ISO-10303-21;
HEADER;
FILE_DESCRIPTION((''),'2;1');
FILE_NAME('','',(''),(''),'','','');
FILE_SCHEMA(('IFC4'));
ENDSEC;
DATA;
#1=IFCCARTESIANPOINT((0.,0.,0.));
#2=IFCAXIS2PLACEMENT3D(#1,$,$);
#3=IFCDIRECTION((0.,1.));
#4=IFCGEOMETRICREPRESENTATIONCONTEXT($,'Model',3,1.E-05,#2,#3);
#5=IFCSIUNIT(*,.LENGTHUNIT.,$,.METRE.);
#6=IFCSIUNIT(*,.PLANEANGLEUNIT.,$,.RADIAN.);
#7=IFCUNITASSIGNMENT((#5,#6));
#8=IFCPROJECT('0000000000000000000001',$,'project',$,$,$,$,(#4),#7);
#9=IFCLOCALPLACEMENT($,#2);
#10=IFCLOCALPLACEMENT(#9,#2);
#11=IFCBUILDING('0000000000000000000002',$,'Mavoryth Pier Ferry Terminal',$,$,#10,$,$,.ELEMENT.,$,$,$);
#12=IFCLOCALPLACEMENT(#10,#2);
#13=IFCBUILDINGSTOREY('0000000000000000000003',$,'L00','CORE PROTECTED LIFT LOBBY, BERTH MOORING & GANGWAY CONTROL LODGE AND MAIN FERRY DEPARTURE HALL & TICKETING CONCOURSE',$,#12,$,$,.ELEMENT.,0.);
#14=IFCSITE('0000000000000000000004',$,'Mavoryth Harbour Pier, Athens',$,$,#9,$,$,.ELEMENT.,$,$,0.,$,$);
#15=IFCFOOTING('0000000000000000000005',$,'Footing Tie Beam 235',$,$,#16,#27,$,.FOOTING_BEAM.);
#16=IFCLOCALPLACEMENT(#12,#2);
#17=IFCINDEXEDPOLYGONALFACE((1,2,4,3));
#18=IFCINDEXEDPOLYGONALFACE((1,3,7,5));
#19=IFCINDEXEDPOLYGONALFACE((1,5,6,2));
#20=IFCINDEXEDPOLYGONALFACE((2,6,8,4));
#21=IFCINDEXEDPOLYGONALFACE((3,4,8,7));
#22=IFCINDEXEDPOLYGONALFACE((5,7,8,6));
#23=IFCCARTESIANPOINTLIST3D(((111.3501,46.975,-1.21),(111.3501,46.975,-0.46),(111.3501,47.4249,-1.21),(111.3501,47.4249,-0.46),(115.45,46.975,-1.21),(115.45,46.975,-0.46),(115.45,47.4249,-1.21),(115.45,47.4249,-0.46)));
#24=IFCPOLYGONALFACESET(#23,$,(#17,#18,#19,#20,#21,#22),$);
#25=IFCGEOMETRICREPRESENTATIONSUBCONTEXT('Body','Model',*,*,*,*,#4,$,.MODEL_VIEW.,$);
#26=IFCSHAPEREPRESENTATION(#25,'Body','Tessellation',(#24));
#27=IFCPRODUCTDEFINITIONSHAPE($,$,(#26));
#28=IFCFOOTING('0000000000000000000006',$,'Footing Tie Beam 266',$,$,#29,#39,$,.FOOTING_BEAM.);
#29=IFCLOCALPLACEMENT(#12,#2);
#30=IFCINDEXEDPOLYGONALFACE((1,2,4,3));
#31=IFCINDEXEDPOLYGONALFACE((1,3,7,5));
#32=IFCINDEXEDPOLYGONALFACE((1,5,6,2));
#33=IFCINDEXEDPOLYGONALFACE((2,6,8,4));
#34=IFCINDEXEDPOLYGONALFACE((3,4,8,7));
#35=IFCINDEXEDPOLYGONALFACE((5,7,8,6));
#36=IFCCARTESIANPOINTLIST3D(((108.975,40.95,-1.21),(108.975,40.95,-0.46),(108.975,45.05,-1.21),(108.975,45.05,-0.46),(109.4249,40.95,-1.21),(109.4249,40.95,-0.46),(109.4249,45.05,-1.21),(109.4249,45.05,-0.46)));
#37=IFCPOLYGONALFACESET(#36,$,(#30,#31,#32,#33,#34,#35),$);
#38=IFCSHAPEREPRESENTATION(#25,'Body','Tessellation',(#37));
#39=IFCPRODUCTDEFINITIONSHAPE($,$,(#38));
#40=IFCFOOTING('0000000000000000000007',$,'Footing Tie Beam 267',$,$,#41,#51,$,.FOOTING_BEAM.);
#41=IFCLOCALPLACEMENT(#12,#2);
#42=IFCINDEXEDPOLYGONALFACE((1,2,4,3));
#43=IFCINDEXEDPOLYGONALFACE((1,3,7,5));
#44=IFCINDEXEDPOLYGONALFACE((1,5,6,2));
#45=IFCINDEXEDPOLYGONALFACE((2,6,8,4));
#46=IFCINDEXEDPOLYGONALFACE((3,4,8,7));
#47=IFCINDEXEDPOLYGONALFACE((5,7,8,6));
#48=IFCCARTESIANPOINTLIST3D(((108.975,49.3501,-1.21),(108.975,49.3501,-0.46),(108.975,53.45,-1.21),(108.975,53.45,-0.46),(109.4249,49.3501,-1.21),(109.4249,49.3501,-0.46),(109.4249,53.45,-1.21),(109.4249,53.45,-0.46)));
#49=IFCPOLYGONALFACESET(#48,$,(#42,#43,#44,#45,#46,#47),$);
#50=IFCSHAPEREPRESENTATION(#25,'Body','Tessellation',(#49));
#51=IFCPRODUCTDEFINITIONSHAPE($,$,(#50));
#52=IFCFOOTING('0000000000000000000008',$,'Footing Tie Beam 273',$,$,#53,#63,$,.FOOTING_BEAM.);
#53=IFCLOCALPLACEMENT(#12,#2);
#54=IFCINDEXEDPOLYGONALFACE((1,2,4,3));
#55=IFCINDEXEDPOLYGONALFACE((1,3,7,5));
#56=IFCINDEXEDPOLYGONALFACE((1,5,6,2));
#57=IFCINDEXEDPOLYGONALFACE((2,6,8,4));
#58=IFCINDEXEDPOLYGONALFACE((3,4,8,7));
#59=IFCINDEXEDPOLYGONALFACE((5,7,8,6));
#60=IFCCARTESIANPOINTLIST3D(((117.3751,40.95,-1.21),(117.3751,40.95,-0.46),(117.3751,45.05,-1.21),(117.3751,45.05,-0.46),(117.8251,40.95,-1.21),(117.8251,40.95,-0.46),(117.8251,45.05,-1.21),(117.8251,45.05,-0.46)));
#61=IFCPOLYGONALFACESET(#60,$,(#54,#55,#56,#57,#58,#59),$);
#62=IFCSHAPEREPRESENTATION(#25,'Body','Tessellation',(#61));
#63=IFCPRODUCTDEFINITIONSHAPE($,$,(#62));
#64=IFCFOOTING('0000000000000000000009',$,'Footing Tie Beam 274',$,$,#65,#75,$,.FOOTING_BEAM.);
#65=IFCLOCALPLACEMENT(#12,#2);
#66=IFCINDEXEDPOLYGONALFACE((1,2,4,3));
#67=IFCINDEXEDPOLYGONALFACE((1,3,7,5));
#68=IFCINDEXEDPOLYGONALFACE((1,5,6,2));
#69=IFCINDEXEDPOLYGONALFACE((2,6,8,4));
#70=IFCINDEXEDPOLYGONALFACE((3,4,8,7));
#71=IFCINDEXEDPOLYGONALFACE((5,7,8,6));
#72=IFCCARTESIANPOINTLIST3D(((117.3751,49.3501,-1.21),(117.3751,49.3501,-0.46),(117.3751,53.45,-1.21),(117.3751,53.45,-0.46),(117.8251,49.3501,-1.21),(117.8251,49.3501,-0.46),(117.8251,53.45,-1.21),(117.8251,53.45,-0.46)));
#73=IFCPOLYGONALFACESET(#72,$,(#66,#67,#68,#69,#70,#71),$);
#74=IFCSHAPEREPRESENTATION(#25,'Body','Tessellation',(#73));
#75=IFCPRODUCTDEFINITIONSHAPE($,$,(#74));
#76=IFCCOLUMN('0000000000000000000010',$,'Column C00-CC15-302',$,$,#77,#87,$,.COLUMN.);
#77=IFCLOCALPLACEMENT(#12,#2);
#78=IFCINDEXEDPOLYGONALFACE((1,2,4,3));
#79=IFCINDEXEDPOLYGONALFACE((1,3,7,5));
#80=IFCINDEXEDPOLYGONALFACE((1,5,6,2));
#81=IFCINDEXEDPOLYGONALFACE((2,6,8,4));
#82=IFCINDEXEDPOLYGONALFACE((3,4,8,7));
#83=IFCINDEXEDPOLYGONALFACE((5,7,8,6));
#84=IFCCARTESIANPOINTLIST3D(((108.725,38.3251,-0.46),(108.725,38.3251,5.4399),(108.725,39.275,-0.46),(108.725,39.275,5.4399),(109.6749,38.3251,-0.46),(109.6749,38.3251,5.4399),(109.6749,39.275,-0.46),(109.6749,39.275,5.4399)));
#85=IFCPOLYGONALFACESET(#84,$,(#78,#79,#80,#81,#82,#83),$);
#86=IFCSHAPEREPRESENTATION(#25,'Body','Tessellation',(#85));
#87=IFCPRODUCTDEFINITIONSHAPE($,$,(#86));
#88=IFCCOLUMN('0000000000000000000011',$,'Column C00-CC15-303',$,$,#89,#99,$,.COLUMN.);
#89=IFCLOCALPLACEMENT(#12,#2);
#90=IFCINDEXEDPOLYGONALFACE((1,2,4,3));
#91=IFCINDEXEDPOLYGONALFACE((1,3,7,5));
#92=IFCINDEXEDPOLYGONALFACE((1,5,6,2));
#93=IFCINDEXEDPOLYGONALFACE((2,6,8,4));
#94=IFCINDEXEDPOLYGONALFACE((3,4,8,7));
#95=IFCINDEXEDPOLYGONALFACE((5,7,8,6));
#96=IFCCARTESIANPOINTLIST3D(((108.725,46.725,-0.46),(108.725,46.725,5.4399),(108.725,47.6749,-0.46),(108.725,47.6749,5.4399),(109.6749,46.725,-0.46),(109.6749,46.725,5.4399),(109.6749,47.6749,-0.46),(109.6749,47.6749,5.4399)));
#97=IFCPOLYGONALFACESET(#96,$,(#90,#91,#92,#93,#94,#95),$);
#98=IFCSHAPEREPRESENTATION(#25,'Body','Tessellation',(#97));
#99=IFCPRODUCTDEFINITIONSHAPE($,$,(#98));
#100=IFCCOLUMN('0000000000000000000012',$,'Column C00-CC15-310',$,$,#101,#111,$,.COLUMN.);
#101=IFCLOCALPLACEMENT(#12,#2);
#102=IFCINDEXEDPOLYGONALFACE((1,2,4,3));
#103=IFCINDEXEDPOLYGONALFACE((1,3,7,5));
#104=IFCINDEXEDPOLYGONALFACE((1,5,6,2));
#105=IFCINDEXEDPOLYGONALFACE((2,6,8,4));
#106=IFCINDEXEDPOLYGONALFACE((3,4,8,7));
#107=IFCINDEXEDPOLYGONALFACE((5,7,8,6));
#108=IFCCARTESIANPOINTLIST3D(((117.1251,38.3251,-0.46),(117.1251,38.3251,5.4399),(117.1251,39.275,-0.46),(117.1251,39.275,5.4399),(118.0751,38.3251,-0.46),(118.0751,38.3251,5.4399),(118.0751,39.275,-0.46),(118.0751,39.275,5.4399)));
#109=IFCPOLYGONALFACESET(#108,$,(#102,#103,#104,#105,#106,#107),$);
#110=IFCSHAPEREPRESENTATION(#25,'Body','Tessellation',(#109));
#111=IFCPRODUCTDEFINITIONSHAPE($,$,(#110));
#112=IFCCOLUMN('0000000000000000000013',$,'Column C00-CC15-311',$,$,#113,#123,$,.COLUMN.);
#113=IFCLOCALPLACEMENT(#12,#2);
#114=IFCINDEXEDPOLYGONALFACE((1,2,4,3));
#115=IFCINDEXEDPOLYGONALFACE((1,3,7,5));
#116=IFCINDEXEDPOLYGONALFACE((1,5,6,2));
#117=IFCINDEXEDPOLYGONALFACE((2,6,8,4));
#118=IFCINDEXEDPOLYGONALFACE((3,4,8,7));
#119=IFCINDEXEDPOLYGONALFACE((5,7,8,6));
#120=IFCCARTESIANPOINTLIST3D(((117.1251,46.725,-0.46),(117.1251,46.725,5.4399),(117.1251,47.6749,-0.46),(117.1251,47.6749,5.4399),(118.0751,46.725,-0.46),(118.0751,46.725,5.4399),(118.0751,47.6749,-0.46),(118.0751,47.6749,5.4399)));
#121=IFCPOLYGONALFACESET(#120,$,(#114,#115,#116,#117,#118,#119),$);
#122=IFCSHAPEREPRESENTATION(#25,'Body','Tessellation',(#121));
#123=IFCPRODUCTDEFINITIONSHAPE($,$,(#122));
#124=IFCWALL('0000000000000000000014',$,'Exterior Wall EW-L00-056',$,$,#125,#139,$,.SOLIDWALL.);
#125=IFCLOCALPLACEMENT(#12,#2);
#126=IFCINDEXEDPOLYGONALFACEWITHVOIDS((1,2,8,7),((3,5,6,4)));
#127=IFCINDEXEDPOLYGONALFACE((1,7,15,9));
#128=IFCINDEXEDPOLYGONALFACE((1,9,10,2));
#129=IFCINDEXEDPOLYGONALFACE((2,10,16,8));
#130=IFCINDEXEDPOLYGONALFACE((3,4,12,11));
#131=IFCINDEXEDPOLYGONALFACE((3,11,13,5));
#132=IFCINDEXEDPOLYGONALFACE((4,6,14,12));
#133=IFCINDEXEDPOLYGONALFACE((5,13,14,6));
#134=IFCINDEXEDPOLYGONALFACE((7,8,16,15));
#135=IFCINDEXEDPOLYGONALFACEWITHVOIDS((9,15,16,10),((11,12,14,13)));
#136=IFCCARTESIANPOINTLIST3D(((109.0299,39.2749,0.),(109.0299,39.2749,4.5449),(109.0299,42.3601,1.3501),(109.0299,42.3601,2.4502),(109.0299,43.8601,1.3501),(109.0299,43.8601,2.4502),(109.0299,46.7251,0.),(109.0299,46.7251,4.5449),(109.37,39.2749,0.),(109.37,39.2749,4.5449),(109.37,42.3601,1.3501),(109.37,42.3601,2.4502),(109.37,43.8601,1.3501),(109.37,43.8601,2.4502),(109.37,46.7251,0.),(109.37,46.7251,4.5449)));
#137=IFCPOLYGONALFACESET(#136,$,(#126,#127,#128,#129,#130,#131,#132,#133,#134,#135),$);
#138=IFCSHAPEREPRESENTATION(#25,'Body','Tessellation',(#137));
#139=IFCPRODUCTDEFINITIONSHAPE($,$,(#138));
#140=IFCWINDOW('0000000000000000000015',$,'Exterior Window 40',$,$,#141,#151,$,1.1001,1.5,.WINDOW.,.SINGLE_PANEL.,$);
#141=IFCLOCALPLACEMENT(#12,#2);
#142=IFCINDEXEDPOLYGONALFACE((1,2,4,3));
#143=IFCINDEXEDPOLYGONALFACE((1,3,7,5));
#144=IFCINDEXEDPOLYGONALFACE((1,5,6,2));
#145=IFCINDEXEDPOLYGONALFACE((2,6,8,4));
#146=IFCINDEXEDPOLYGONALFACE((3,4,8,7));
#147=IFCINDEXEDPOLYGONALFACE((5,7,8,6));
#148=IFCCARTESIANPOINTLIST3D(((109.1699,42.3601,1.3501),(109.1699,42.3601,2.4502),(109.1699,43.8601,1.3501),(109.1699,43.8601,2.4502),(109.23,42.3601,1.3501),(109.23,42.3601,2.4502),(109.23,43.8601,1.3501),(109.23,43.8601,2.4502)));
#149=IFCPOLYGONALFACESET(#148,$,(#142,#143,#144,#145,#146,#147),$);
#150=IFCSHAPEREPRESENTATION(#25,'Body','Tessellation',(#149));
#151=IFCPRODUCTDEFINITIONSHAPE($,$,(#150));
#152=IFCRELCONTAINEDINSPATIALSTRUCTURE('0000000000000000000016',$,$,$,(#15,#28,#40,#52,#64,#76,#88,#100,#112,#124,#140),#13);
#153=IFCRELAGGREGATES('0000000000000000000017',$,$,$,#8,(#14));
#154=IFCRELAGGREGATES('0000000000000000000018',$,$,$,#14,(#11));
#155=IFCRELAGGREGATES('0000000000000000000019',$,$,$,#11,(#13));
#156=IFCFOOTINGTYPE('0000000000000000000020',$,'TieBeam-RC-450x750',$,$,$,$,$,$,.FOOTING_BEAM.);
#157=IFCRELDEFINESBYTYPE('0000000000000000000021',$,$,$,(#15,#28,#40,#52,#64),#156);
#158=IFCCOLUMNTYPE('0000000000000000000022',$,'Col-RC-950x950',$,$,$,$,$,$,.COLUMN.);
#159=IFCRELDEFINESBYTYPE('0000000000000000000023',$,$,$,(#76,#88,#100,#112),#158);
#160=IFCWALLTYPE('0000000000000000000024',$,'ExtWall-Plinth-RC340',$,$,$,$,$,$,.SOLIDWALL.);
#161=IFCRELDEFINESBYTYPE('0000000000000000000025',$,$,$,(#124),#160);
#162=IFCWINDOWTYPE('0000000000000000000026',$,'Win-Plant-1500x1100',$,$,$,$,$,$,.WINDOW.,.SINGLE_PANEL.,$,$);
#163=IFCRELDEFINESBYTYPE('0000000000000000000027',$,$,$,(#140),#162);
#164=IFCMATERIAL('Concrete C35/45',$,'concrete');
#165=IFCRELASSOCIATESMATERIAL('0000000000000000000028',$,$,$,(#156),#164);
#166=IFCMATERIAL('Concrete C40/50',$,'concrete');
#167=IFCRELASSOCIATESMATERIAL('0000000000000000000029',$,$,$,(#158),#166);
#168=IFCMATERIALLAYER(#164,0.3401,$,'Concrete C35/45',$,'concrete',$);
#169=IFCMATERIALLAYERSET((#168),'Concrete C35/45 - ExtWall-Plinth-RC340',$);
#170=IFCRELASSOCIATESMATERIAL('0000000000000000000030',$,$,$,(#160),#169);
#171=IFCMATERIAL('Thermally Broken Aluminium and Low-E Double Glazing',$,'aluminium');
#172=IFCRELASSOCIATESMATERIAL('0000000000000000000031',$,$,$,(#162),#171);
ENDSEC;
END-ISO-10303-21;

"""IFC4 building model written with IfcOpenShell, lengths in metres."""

from ifc_helpers import new_model, si_unit, direction, frame, frame_2d, origin, origin_2d, place, context, subcontext, project, spatial, rectangle, extrude, material, layer, layer_set, material_profile, profile_set, type_object, element, fill, save


model = new_model("IFC4")

# Units and contexts
model_context = context("Model", 3, precision=1e-05, world=origin(), true_north=direction((0.0, 1.0)))
body_context = subcontext(model_context, "Body", "Model", "MODEL_VIEW")
ifc_project = project(units=[si_unit("LENGTHUNIT", "METRE"), si_unit("PLANEANGLEUNIT", "RADIAN")], contexts=[model_context])

# Site, building, storey
site_placement = place(None, origin())
site = spatial("IfcSite", under=ifc_project, at=site_placement, Name="Mavoryth Harbour Pier, Athens", CompositionType="ELEMENT", RefElevation=0.0)
building_placement = place(site_placement, origin())
building = spatial("IfcBuilding", under=site, at=building_placement, Name="Mavoryth Pier Ferry Terminal", CompositionType="ELEMENT")
storey_placement = place(building_placement, origin())
storey = spatial("IfcBuildingStorey", under=building, at=storey_placement, Name="L00", Description="CORE PROTECTED LIFT LOBBY, BERTH MOORING & GANGWAY CONTROL LODGE AND MAIN FERRY DEPARTURE HALL & TICKETING CONCOURSE", CompositionType="ELEMENT", Elevation=0.0)

# Shared definitions
ifc_material_1 = material(Name="Concrete C35/45", Category="concrete")

# Footings
ifc_material_profile_1 = material_profile(ifc_material_1, rectangle(XDim=0.45, YDim=0.75, at=origin_2d()), Name="RC 450x750", Category="concrete")
ifc_profile_set_1 = profile_set([ifc_material_profile_1], Name="Concrete C35/45 - RC 450x750")
footing_type_1 = type_object("IfcFootingType", Name="TieBeam-RC-450x750", PredefinedType="FOOTING_BEAM", material=ifc_profile_set_1)
for number, where, z_axis, x_axis, name in (
    (1, (111.3501, 47.2, -0.835), (1.0, 0.0, 0.0), (0.0, 1.0, 0.0), "Footing Tie Beam 235"),
):
    element("IfcFooting", number, at=place(storey_placement, frame(where, z_axis=z_axis, x_axis=x_axis)), inside=storey, type_object=footing_type_1, Name=name, PredefinedType="FOOTING_BEAM", context=body_context, shape_type="SweptSolid", body=[
        extrude(rectangle(XDim=0.45, YDim=0.75, at=origin_2d()), origin(), (0.0, 0.0, 1.0), 4.0999),
    ])
footing_1_placement = place(storey_placement, frame((109.2, 40.95, -0.835), z_axis=(0.0, 1.0, 0.0), x_axis=(-1.0, 0.0, 0.0)))
element("IfcFooting", 2, at=footing_1_placement, inside=storey, type_object=footing_type_1, Name="Footing Tie Beam 266", PredefinedType="FOOTING_BEAM", context=body_context, shape_type="SweptSolid", body=[
    extrude(rectangle(XDim=0.45, YDim=0.75, at=origin_2d()), origin(), (0.0, 0.0, 1.0), 4.1001),
])
footing_2_placement = place(storey_placement, frame((109.2, 49.3501, -0.835), z_axis=(0.0, 1.0, 0.0), x_axis=(-1.0, 0.0, 0.0)))
element("IfcFooting", 3, at=footing_2_placement, inside=storey, type_object=footing_type_1, Name="Footing Tie Beam 267", PredefinedType="FOOTING_BEAM", context=body_context, shape_type="SweptSolid", body=[
    extrude(rectangle(XDim=0.45, YDim=0.75, at=origin_2d()), origin(), (0.0, 0.0, 1.0), 4.0999),
])
footing_3_placement = place(storey_placement, frame((117.6001, 40.95, -0.835), z_axis=(0.0, 1.0, 0.0), x_axis=(-1.0, 0.0, 0.0)))
element("IfcFooting", 4, at=footing_3_placement, inside=storey, type_object=footing_type_1, Name="Footing Tie Beam 273", PredefinedType="FOOTING_BEAM", context=body_context, shape_type="SweptSolid", body=[
    extrude(rectangle(XDim=0.45, YDim=0.75, at=origin_2d()), origin(), (0.0, 0.0, 1.0), 4.1001),
])
footing_4_placement = place(storey_placement, frame((117.6001, 49.3501, -0.835), z_axis=(0.0, 1.0, 0.0), x_axis=(-1.0, 0.0, 0.0)))
element("IfcFooting", 5, at=footing_4_placement, inside=storey, type_object=footing_type_1, Name="Footing Tie Beam 274", PredefinedType="FOOTING_BEAM", context=body_context, shape_type="SweptSolid", body=[
    extrude(rectangle(XDim=0.45, YDim=0.75, at=origin_2d()), origin(), (0.0, 0.0, 1.0), 4.0999),
])

# Columns
ifc_material_2 = material(Name="Concrete C40/50", Category="concrete")
ifc_material_profile_2 = material_profile(ifc_material_2, rectangle(XDim=0.95, YDim=0.95, at=origin_2d()), Name="RC 950x950", Category="concrete")
ifc_profile_set_2 = profile_set([ifc_material_profile_2], Name="Concrete C40/50 - RC 950x950")
column_type = type_object("IfcColumnType", Name="Col-RC-950x950", PredefinedType="COLUMN", material=ifc_profile_set_2)
for number, where, z_axis, x_axis, name in (
    (6, (109.2, 38.8, -0.46), (0.0, 0.0, 1.0), (1.0, 0.0, 0.0), "Column C00-CC15-302"),
    (7, (109.2, 47.2, -0.46), (0.0, 0.0, 1.0), (1.0, 0.0, 0.0), "Column C00-CC15-303"),
    (8, (117.6001, 38.8, -0.46), (0.0, 0.0, 1.0), (1.0, 0.0, 0.0), "Column C00-CC15-310"),
    (9, (117.6001, 47.2, -0.46), (0.0, 0.0, 1.0), (1.0, 0.0, 0.0), "Column C00-CC15-311"),
):
    element("IfcColumn", number, at=place(storey_placement, frame(where, z_axis=z_axis, x_axis=x_axis)), inside=storey, type_object=column_type, Name=name, PredefinedType="COLUMN", context=body_context, shape_type="SweptSolid", body=[
        extrude(rectangle(XDim=0.95, YDim=0.95, at=origin_2d()), origin(), (0.0, 0.0, 1.0), 5.8999),
    ])

# Wall, opening, window
ifc_layer = layer(ifc_material_1, 0.3401, Name="Concrete C35/45", Category="concrete")
ifc_layer_set = layer_set([ifc_layer], Name="Concrete C35/45 - ExtWall-Plinth-RC340")
wall_type = type_object("IfcWallType", Name="ExtWall-Plinth-RC340", PredefinedType="SOLIDWALL", material=ifc_layer_set)
wall_placement = place(storey_placement, frame((109.2, 46.7251, 0.0), z_axis=(0.0, 0.0, 1.0), x_axis=(0.0, -1.0, 0.0)))
wall = element("IfcWall", 10, at=wall_placement, inside=storey, type_object=wall_type, Name="Exterior Wall EW-L00-056", PredefinedType="SOLIDWALL", context=body_context, shape_type="SweptSolid", body=[
    extrude(rectangle(XDim=7.4502, YDim=0.3401, at=frame_2d((3.7251, 0.0))), origin(), (0.0, 0.0, 1.0), 4.5449),
])
opening_placement = place(wall_placement, frame((2.865, 0.0, 1.3501)))
opening = element("IfcOpeningElement", 11, at=opening_placement, cuts=wall, PredefinedType="OPENING", context=body_context, shape_type="SweptSolid", body=[
    extrude(rectangle(XDim=1.5, YDim=1.1001, at=frame_2d((0.75, 0.55))), frame((0.0, 0.1799, 0.0), z_axis=(0.0, -1.0, 0.0), x_axis=(1.0, 0.0, 0.0)), (0.0, 0.0, 1.0), 0.3601),
])
ifc_material_3 = material(Name="Thermally Broken Aluminium and Low-E Double Glazing", Category="aluminium")
window_type = type_object("IfcWindowType", Name="Win-Plant-1500x1100", PartitioningType="SINGLE_PANEL", PredefinedType="WINDOW", material=ifc_material_3)
window_placement = place(opening_placement, origin())
window = element("IfcWindow", 12, at=window_placement, inside=storey, type_object=window_type, Name="Exterior Window 40", OverallHeight=1.1001, OverallWidth=1.5, PartitioningType="SINGLE_PANEL", PredefinedType="WINDOW", context=body_context, shape_type="SweptSolid", body=[
    extrude(rectangle(XDim=1.5, YDim=1.1001, at=frame_2d((0.75, 0.55))), frame((0.0, 0.03, 0.0), z_axis=(0.0, -1.0, 0.0), x_axis=(1.0, 0.0, 0.0)), (0.0, 0.0, 1.0), 0.0601),
])
fill(opening, window)

save(model, "model.ifc")
